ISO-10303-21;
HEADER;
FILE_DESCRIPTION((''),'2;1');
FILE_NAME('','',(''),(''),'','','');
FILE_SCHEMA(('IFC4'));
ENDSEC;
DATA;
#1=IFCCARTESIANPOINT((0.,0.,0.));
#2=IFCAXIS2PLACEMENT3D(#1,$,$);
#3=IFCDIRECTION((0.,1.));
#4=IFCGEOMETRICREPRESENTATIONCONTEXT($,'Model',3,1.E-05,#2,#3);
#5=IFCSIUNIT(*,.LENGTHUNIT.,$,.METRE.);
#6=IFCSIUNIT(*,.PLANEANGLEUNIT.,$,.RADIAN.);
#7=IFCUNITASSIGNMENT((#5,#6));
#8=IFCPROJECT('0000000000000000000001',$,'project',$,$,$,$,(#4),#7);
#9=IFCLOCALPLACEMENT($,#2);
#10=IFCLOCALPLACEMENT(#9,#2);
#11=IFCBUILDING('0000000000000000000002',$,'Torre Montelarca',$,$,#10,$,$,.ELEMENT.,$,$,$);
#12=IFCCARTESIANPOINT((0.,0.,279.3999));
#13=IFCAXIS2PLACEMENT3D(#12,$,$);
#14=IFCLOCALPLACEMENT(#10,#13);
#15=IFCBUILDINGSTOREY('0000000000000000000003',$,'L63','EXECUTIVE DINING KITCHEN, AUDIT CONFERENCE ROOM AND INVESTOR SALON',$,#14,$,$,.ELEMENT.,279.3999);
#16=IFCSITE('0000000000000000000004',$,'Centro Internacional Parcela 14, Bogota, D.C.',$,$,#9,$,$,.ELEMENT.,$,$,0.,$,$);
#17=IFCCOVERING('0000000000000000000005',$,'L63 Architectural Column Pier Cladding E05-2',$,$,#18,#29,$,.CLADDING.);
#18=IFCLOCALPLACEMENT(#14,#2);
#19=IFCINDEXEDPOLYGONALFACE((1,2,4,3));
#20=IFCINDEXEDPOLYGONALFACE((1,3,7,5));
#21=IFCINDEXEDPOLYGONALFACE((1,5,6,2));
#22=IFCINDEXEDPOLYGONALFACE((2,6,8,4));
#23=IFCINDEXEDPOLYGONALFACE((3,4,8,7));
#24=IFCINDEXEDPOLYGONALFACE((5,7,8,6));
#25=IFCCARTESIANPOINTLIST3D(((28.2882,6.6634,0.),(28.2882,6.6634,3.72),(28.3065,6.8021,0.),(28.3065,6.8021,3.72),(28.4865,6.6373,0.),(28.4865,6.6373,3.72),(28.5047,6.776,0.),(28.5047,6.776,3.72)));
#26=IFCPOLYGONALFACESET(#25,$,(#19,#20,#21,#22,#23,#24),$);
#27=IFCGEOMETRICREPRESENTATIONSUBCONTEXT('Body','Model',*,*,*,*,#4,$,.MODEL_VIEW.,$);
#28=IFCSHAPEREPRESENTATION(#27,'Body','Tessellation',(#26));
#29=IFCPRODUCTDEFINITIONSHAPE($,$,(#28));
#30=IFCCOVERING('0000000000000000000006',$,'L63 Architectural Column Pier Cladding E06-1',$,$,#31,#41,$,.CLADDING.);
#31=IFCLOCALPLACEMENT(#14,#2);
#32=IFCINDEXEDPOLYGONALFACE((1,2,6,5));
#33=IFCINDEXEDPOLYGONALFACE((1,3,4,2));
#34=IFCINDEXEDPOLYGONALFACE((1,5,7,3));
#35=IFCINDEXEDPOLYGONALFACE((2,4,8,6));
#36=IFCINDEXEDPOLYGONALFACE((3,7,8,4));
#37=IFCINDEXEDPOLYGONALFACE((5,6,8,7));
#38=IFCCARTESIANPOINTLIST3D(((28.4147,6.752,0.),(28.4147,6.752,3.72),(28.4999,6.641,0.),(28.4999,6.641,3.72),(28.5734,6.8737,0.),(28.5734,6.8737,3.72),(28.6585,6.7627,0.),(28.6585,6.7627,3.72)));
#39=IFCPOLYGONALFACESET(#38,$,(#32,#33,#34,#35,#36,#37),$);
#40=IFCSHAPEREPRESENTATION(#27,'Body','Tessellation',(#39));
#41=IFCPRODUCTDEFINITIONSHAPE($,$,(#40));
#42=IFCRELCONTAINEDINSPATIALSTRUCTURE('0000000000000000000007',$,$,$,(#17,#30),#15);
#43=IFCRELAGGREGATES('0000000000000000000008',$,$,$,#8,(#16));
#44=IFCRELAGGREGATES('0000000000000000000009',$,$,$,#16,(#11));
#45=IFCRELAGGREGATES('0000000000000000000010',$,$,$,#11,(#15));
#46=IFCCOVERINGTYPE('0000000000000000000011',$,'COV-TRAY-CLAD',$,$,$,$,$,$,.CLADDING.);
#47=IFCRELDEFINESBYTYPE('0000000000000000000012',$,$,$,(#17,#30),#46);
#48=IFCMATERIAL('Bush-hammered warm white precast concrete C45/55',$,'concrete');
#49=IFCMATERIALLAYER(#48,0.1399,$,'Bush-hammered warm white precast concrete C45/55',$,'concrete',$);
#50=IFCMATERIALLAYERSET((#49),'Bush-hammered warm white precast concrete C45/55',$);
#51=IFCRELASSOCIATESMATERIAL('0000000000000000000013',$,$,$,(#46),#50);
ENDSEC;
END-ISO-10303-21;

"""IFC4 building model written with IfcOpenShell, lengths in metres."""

from ifc_helpers import new_model, si_unit, direction, frame, origin, origin_2d, place, context, subcontext, project, spatial, rectangle, extrude, source, transform, mapped, material, layer, layer_set, type_object, element, save


model = new_model("IFC4")

# Units and contexts
model_context = context("Model", 3, precision=1e-05, world=origin(), true_north=direction((0.0, 1.0)))
body_context = subcontext(model_context, "Body", "Model", "MODEL_VIEW")
ifc_project = project(units=[si_unit("LENGTHUNIT", "METRE"), si_unit("PLANEANGLEUNIT", "RADIAN")], contexts=[model_context])

# Site, building, storey
site_placement = place(None, origin())
site = spatial("IfcSite", under=ifc_project, at=site_placement, Name="Centro Internacional Parcela 14, Bogota, D.C.", CompositionType="ELEMENT", RefElevation=0.0)
building_placement = place(site_placement, origin())
building = spatial("IfcBuilding", under=site, at=building_placement, Name="Torre Montelarca", CompositionType="ELEMENT")
storey_placement = place(building_placement, frame((0.0, 0.0, 279.3999)))
storey = spatial("IfcBuildingStorey", under=building, at=storey_placement, Name="L63", Description="EXECUTIVE DINING KITCHEN, AUDIT CONFERENCE ROOM AND INVESTOR SALON", CompositionType="ELEMENT", Elevation=279.3999)

# Coverings
ifc_material_1 = material(Name="Bush-hammered warm white precast concrete C45/55", Category="concrete")
ifc_layer_1 = layer(ifc_material_1, 0.1399, Name="Bush-hammered warm white precast concrete C45/55", Category="concrete")
ifc_layer_set_1 = layer_set([ifc_layer_1], Name="Bush-hammered warm white precast concrete C45/55")
covering_type = type_object("IfcCoveringType", Name="COV-TRAY-CLAD", PredefinedType="CLADDING", material=ifc_layer_set_1)
shared_shape_1 = source(origin(), body_context, "Body", "SweptSolid", [
    extrude(rectangle(XDim=0.2, YDim=0.1399, at=origin_2d()), origin(), (0.0, 0.0, 1.0), 3.72),
])
for number, where, z_axis, x_axis, name in (
    (1, (28.3965, 6.7197, 0.0), (0.0, 0.0, 1.0), (0.991444, -0.130531, 0.0), "L63 Architectural Column Pier Cladding E05-2"),
    (2, (28.5366, 6.7573, 0.0), (0.0, 0.0, 1.0), (0.79335, 0.608766, 0.0), "L63 Architectural Column Pier Cladding E06-1"),
):
    element("IfcCovering", number, at=place(storey_placement, frame(where, z_axis=z_axis, x_axis=x_axis)), inside=storey, type_object=covering_type, Name=name, PredefinedType="CLADDING", context=body_context, shape_type="MappedRepresentation", body=[
        mapped(shared_shape_1, transform((0.0, 0.0, 0.0), scale=1.0)),
    ])

save(model, "model.ifc")
